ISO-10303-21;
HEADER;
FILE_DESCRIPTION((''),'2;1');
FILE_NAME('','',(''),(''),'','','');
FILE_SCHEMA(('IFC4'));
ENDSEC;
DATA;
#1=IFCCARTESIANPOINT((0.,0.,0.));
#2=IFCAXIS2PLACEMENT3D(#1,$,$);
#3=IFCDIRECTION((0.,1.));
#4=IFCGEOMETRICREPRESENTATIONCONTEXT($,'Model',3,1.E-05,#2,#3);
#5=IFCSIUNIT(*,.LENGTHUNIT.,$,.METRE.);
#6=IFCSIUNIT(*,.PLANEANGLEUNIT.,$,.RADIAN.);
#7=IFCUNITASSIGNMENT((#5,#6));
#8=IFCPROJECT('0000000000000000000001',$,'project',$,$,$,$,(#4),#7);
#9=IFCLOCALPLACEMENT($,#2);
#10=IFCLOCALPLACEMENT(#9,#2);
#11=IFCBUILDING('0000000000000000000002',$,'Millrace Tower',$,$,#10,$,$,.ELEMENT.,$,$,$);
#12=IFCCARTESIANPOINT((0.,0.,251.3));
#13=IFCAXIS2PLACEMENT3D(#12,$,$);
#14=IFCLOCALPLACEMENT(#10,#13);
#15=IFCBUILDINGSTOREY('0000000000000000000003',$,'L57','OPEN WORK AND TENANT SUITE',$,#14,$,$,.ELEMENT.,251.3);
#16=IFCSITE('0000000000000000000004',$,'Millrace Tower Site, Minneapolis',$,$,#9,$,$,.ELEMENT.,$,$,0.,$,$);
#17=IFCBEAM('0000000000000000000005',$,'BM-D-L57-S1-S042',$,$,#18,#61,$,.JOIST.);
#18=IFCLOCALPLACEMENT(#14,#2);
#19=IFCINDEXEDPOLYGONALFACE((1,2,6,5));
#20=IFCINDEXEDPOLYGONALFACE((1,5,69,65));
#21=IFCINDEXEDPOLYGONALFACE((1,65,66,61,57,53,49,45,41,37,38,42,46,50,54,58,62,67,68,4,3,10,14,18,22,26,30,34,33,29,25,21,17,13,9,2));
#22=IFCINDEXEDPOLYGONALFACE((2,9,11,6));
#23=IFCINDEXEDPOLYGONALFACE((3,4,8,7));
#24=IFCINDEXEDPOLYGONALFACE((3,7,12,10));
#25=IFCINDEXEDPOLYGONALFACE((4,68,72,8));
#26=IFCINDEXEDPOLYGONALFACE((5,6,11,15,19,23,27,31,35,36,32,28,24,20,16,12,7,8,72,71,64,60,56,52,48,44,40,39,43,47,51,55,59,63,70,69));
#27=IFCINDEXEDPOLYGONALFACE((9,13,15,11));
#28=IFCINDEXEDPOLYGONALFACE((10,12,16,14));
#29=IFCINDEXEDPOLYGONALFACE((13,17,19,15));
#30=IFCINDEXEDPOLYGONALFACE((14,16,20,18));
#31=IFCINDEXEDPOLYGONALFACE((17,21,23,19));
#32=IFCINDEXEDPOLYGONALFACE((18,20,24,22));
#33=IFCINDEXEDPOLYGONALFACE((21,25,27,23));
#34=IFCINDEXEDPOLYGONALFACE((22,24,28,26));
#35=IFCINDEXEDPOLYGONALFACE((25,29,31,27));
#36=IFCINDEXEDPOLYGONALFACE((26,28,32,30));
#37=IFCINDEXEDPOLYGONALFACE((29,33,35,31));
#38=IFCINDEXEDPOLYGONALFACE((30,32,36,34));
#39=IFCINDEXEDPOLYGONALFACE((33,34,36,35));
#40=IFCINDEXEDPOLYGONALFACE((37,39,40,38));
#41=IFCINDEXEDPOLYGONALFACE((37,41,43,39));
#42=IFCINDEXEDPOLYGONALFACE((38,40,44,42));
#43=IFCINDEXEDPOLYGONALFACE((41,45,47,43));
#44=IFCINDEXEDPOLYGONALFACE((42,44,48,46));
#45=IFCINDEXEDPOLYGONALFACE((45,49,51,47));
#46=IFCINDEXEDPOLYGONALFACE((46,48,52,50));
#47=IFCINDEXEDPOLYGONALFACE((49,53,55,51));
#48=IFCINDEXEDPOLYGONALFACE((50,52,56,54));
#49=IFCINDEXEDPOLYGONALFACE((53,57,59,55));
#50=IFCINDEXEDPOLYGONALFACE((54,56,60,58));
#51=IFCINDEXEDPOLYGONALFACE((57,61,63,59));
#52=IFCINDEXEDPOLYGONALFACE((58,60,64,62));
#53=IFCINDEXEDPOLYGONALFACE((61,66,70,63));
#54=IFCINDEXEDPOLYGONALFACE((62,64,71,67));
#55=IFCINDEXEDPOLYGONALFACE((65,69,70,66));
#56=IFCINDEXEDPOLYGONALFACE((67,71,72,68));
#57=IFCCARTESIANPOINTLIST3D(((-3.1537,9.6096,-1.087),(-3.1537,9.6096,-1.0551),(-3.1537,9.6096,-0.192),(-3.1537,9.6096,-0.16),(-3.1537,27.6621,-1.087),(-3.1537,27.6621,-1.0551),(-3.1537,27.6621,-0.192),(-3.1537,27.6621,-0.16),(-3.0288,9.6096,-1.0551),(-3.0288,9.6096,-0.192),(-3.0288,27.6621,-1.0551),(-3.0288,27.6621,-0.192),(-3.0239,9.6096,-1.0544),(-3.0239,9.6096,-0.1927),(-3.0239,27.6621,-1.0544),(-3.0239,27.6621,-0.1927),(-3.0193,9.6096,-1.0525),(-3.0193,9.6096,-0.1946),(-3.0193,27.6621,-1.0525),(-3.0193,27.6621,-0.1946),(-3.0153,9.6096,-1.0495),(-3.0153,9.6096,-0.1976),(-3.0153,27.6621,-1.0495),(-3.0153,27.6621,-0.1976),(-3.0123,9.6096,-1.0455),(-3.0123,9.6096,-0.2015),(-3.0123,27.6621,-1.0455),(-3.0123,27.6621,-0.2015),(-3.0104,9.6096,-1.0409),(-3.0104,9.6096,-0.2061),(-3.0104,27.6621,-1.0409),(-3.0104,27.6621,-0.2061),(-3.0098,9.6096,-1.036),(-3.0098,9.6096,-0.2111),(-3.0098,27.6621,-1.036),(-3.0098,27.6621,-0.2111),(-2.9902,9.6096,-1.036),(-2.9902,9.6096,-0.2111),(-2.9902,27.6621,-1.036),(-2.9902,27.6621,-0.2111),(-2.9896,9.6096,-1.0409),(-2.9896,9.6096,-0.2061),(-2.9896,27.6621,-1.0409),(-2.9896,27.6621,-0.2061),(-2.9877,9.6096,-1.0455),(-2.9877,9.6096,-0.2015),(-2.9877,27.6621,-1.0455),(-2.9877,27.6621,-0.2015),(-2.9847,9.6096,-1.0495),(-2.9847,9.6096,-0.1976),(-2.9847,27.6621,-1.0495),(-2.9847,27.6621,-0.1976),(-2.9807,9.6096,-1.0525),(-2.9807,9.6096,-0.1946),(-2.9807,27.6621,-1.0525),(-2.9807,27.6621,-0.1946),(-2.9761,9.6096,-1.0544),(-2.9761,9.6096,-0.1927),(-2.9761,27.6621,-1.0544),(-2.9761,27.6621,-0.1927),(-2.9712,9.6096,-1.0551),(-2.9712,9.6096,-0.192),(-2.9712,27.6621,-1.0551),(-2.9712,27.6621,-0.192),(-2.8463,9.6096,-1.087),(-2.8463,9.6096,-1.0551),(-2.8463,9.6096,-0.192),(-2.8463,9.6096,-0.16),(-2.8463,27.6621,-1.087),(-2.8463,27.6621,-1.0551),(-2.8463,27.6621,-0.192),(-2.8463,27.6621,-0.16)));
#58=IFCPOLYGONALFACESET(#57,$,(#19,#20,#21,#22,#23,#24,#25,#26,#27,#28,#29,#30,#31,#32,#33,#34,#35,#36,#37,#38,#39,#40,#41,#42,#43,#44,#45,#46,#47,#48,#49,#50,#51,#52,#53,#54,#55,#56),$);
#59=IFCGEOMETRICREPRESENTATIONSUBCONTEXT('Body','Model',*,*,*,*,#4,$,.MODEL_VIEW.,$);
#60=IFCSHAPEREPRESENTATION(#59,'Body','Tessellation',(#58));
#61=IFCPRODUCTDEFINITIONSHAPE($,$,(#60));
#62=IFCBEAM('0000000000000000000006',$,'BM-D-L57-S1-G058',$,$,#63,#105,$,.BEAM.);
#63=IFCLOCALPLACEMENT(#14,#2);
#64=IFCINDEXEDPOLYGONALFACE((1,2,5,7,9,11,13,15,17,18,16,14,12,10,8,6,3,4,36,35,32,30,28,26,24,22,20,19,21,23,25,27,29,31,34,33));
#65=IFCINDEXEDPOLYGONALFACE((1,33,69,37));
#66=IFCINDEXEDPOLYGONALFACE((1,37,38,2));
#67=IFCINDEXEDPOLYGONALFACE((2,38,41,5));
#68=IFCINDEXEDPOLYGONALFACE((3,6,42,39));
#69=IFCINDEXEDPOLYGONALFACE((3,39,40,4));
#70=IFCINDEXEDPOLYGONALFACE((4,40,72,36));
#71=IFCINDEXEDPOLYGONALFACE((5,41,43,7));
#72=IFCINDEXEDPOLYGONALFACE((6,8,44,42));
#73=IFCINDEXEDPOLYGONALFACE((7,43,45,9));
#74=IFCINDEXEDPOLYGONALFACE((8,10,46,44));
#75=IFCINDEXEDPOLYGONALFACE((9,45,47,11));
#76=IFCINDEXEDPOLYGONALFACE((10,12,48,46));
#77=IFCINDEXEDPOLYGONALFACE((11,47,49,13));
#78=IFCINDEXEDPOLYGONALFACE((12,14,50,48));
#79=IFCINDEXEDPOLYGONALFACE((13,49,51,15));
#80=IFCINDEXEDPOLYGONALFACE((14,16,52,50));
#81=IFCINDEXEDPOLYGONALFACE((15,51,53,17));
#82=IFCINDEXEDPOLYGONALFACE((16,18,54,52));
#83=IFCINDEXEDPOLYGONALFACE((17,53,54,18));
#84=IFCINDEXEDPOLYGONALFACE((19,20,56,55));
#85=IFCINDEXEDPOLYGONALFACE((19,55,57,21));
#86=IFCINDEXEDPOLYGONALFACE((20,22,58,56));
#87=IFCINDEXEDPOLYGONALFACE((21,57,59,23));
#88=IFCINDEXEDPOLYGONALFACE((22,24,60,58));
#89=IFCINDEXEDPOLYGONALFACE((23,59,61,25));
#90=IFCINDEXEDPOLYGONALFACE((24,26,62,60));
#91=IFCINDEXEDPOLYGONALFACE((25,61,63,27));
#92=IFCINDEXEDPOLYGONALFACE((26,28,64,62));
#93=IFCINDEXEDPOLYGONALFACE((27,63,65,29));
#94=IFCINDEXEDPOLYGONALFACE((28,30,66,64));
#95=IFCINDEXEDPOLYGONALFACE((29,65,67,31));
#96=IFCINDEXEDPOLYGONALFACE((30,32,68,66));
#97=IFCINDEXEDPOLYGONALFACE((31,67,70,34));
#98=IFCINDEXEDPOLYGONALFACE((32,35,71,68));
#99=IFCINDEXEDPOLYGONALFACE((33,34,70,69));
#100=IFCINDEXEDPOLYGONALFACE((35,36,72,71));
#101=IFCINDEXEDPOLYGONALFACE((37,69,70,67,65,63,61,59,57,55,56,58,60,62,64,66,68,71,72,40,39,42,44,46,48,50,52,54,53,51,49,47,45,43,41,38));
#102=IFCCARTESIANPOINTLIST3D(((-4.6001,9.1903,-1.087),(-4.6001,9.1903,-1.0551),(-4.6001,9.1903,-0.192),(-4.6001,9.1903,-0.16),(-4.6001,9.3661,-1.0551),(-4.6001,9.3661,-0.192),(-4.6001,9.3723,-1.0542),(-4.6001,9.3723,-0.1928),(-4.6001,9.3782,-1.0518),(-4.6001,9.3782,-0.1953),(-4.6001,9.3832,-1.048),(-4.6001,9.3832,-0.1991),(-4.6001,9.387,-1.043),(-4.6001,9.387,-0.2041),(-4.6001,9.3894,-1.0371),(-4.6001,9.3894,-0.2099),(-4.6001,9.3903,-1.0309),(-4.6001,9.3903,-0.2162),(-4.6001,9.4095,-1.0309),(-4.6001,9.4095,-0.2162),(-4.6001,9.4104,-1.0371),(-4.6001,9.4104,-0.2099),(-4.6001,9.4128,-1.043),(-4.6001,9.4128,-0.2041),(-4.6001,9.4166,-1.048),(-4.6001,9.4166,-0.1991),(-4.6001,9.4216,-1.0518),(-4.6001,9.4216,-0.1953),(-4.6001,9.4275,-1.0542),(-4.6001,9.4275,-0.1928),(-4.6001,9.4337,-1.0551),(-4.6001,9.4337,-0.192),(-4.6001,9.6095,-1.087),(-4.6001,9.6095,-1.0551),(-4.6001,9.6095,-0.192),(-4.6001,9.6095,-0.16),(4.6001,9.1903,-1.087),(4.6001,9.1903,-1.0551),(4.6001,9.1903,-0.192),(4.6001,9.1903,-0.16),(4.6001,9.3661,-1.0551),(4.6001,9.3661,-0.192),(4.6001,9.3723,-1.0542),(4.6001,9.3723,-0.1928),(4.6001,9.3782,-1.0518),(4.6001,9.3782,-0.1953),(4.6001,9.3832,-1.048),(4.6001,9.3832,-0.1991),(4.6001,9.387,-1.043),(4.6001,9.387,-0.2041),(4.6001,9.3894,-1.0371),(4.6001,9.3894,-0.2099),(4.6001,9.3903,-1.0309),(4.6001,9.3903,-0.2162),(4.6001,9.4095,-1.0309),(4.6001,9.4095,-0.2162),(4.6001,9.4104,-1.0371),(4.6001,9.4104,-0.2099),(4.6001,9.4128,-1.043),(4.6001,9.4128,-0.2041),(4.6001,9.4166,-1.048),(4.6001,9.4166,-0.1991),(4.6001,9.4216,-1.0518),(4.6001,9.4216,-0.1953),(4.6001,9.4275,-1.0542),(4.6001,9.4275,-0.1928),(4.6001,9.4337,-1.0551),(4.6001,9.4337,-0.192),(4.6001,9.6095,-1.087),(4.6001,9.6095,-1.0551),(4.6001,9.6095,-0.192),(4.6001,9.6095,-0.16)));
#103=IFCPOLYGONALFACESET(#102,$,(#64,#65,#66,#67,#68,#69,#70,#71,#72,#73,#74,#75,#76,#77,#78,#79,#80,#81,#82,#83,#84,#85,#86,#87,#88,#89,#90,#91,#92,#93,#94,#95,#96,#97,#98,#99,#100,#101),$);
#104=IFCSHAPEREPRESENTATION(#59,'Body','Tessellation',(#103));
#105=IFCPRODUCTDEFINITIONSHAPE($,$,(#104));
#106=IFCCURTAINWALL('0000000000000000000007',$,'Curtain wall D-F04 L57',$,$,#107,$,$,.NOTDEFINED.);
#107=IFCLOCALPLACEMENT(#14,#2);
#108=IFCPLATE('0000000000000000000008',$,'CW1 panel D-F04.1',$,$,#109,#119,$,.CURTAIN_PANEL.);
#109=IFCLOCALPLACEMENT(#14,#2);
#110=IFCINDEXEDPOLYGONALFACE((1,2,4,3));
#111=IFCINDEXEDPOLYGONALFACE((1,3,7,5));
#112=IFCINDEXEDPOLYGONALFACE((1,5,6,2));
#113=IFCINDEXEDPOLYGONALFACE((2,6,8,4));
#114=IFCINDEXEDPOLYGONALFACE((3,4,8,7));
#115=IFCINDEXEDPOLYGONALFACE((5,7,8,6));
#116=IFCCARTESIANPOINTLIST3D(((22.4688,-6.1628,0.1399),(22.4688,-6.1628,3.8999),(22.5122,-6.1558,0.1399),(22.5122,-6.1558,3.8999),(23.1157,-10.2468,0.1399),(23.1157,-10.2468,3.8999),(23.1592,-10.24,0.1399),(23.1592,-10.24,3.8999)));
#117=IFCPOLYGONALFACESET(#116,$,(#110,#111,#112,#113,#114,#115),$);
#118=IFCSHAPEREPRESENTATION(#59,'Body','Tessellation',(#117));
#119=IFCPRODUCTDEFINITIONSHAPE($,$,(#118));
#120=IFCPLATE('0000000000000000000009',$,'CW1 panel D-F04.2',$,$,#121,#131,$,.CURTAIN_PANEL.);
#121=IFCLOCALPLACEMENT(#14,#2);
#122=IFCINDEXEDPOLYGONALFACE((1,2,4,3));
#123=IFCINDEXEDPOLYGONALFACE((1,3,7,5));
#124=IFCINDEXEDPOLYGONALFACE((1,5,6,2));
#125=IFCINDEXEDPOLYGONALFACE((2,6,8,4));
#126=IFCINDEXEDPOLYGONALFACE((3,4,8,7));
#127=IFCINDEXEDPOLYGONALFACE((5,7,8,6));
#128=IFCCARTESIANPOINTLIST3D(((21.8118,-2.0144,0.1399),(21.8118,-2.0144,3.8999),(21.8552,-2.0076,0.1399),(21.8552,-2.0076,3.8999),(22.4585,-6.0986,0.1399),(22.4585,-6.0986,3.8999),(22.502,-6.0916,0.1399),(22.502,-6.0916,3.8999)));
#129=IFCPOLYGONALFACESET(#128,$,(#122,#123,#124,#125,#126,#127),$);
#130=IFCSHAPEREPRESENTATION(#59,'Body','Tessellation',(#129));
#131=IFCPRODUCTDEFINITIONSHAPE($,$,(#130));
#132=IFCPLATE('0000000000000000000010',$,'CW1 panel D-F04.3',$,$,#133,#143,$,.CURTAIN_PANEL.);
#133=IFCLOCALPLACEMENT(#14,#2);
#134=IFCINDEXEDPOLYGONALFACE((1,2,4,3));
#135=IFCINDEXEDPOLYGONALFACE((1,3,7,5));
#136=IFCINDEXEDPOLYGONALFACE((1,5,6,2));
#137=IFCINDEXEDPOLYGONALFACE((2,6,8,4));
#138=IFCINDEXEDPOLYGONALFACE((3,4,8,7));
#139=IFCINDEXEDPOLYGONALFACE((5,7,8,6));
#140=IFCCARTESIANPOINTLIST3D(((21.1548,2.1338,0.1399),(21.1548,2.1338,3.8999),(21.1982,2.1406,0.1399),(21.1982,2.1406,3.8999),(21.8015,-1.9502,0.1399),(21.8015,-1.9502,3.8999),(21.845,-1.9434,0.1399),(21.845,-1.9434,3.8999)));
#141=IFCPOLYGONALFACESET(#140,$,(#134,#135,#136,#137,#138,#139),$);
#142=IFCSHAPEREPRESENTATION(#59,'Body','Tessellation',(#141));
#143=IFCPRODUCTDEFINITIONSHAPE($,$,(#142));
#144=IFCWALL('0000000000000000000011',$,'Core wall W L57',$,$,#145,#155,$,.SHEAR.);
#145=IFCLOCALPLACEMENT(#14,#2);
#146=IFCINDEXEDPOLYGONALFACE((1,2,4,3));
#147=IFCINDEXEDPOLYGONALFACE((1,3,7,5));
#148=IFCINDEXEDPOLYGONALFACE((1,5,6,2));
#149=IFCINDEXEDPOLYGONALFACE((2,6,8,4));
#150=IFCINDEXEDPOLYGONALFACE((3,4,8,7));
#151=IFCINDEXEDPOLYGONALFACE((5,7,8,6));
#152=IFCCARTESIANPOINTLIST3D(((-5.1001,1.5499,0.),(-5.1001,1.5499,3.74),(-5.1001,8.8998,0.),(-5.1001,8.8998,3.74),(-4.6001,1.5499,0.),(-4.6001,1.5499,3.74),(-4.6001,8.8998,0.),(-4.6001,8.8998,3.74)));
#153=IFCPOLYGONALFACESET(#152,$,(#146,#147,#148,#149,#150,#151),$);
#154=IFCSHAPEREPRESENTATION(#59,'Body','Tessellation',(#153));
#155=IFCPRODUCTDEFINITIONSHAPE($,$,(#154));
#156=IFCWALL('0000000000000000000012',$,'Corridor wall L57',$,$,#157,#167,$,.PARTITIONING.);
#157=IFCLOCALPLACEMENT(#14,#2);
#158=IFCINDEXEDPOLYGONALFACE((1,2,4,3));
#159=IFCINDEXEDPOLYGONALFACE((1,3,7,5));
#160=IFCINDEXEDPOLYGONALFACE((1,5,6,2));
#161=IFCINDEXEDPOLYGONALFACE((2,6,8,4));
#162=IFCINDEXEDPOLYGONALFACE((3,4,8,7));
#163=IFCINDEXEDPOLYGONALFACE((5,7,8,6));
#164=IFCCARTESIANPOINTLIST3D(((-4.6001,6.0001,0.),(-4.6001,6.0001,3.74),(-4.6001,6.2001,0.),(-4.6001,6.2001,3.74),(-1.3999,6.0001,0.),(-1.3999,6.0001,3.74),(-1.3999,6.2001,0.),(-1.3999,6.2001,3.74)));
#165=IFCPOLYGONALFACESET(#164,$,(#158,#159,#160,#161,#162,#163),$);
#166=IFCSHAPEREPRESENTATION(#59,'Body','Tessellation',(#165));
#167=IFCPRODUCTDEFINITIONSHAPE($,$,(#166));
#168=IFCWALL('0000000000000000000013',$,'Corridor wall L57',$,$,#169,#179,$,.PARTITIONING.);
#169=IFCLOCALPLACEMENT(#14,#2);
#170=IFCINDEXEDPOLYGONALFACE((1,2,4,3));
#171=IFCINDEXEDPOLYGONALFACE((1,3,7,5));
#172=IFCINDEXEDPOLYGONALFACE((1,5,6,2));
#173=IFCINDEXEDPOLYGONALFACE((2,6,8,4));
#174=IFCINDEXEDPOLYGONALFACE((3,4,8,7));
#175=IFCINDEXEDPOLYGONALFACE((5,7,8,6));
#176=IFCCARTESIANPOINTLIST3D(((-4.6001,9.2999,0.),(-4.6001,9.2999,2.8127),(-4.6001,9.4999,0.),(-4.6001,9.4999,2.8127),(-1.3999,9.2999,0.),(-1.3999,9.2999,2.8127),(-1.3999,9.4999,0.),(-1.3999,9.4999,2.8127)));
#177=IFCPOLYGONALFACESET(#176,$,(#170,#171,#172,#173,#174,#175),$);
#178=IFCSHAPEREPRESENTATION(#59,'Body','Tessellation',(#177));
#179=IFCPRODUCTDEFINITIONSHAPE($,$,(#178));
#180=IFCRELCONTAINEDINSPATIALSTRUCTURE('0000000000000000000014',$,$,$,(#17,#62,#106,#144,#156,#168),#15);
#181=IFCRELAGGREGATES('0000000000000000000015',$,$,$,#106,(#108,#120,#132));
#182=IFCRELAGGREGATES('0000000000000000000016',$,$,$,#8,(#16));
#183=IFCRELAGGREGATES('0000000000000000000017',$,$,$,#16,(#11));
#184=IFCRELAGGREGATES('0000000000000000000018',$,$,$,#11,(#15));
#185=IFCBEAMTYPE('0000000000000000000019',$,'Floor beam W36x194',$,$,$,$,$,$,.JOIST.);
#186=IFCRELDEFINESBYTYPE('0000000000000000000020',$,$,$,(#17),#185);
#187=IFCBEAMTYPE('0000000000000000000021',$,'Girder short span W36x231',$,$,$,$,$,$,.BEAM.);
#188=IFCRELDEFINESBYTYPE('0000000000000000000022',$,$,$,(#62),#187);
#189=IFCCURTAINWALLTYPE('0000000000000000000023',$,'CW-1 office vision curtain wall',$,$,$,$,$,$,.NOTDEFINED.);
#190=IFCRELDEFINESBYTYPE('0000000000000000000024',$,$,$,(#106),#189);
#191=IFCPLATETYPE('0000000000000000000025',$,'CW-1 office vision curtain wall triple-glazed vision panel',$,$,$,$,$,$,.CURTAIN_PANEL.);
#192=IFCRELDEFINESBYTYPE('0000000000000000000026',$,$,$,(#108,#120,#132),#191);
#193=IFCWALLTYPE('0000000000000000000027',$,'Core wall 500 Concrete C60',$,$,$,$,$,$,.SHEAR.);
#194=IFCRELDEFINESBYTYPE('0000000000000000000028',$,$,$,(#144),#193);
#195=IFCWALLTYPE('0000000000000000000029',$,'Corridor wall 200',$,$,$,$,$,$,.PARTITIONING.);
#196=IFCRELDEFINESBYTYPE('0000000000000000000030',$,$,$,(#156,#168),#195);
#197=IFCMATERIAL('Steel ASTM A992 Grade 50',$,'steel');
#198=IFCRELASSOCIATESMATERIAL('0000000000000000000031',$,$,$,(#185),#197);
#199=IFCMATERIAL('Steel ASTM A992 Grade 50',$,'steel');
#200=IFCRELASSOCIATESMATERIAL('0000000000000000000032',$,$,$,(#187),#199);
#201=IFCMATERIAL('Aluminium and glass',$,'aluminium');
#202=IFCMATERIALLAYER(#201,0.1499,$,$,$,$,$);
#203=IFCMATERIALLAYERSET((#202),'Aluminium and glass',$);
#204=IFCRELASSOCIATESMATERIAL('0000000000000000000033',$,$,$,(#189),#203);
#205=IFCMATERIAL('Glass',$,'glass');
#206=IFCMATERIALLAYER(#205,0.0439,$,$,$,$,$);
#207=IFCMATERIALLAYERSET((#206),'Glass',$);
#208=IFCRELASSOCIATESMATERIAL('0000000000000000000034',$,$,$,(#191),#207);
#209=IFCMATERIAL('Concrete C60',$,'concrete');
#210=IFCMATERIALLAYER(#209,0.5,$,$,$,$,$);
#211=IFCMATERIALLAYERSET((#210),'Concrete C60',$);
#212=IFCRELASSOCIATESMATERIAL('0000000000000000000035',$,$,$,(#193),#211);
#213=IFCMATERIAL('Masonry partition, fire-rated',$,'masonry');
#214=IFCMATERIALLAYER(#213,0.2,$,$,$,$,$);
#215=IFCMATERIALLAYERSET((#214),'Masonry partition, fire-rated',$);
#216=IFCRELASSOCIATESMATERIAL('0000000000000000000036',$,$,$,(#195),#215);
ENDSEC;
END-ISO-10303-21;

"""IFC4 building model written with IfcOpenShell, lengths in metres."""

from ifc_helpers import new_model, si_unit, direction, frame, frame_2d, origin, origin_2d, place, context, subcontext, project, spatial, polyline, rectangle, i_section, outline, extrude, material, layer, layer_set, material_profile, profile_set, type_object, element, aggregate, save


model = new_model("IFC4")

# Units and contexts
model_context = context("Model", 3, precision=1e-05, world=origin(), true_north=direction((0.0, 1.0)))
body_context = subcontext(model_context, "Body", "Model", "MODEL_VIEW")
ifc_project = project(units=[si_unit("LENGTHUNIT", "METRE"), si_unit("PLANEANGLEUNIT", "RADIAN")], contexts=[model_context])

# Site, building, storey
site_placement = place(None, origin())
site = spatial("IfcSite", under=ifc_project, at=site_placement, Name="Millrace Tower Site, Minneapolis", CompositionType="ELEMENT", RefElevation=0.0)
building_placement = place(site_placement, origin())
building = spatial("IfcBuilding", under=site, at=building_placement, Name="Millrace Tower", CompositionType="ELEMENT")
storey_placement = place(building_placement, frame((0.0, 0.0, 251.3)))
storey = spatial("IfcBuildingStorey", under=building, at=storey_placement, Name="L57", Description="OPEN WORK AND TENANT SUITE", CompositionType="ELEMENT", Elevation=251.3)

# Beams
ifc_material_1 = material(Name="Steel ASTM A992 Grade 50", Category="steel")
ifc_material_profile_1 = material_profile(ifc_material_1, i_section(OverallWidth=0.3074, OverallDepth=0.927, WebThickness=0.0195, FlangeThickness=0.032, FilletRadius=0.019, at=origin_2d()))
ifc_profile_set_1 = profile_set([ifc_material_profile_1], Name="Steel ASTM A992 Grade 50")
beam_type_1 = type_object("IfcBeamType", Name="Floor beam W36x194", PredefinedType="JOIST", material=ifc_profile_set_1)
beam_1_placement = place(storey_placement, frame((-3.0, 9.6096, -0.6235), z_axis=(0.0, 1.0, 0.0), x_axis=(-1.0, 0.0, 0.0)))
element("IfcBeam", 1, at=beam_1_placement, inside=storey, type_object=beam_type_1, Name="BM-D-L57-S1-S042", PredefinedType="JOIST", context=body_context, shape_type="SweptSolid", body=[
    extrude(i_section(OverallWidth=0.3074, OverallDepth=0.927, WebThickness=0.0195, FlangeThickness=0.032, FilletRadius=0.019, at=origin_2d()), origin(), (0.0, 0.0, 1.0), 18.0525),
])
ifc_material_2 = material(Name="Steel ASTM A992 Grade 50", Category="steel")
ifc_material_profile_2 = material_profile(ifc_material_2, i_section(OverallWidth=0.4192, OverallDepth=0.927, WebThickness=0.0193, FlangeThickness=0.032, FilletRadius=0.0242, at=origin_2d()))
ifc_profile_set_2 = profile_set([ifc_material_profile_2], Name="Steel ASTM A992 Grade 50")
beam_type_2 = type_object("IfcBeamType", Name="Girder short span W36x231", PredefinedType="BEAM", material=ifc_profile_set_2)
beam_2_placement = place(storey_placement, frame((-4.6001, 9.3999, -0.6235), z_axis=(1.0, 0.0, 0.0), x_axis=(0.0, 1.0, 0.0)))
element("IfcBeam", 2, at=beam_2_placement, inside=storey, type_object=beam_type_2, Name="BM-D-L57-S1-G058", PredefinedType="BEAM", context=body_context, shape_type="SweptSolid", body=[
    extrude(i_section(OverallWidth=0.4192, OverallDepth=0.927, WebThickness=0.0193, FlangeThickness=0.032, FilletRadius=0.0242, at=origin_2d()), origin(), (0.0, 0.0, 1.0), 9.2002),
])

# Curtain wall, plates
ifc_material_3 = material(Name="Aluminium and glass", Category="aluminium")
ifc_layer_1 = layer(ifc_material_3, 0.1499)
ifc_layer_set_1 = layer_set([ifc_layer_1], Name="Aluminium and glass")
curtain_wall_type = type_object("IfcCurtainWallType", Name="CW-1 office vision curtain wall", PredefinedType="NOTDEFINED", material=ifc_layer_set_1)
placement_1 = place(storey_placement, origin())
curtain_wall = element("IfcCurtainWall", 3, at=placement_1, inside=storey, type_object=curtain_wall_type, Name="Curtain wall D-F04 L57", PredefinedType="NOTDEFINED")
ifc_material_4 = material(Name="Glass", Category="glass")
ifc_layer_2 = layer(ifc_material_4, 0.0439)
ifc_layer_set_2 = layer_set([ifc_layer_2], Name="Glass")
plate_type = type_object("IfcPlateType", Name="CW-1 office vision curtain wall triple-glazed vision panel", PredefinedType="CURTAIN_PANEL", material=ifc_layer_set_2)
placement_2 = place(storey_placement, frame((0.0, 0.0, 0.1399)))
plate_1 = element("IfcPlate", 4, at=placement_2, type_object=plate_type, Name="CW1 panel D-F04.1", PredefinedType="CURTAIN_PANEL", context=body_context, shape_type="SweptSolid", body=[
    extrude(outline(polyline([(23.1592, -10.24), (22.5122, -6.1558), (22.4688, -6.1628), (23.1157, -10.2468), (23.1592, -10.24)])), origin(), (0.0, 0.0, 1.0), 3.76),
])
plate_2 = element("IfcPlate", 5, at=placement_2, type_object=plate_type, Name="CW1 panel D-F04.2", PredefinedType="CURTAIN_PANEL", context=body_context, shape_type="SweptSolid", body=[
    extrude(outline(polyline([(22.502, -6.0916), (21.8552, -2.0076), (21.8118, -2.0144), (22.4585, -6.0986), (22.502, -6.0916)])), origin(), (0.0, 0.0, 1.0), 3.76),
])
plate_3 = element("IfcPlate", 6, at=placement_2, type_object=plate_type, Name="CW1 panel D-F04.3", PredefinedType="CURTAIN_PANEL", context=body_context, shape_type="SweptSolid", body=[
    extrude(outline(polyline([(21.845, -1.9434), (21.1982, 2.1406), (21.1548, 2.1338), (21.8015, -1.9502), (21.845, -1.9434)])), origin(), (0.0, 0.0, 1.0), 3.76),
])
aggregate(curtain_wall, [plate_1, plate_2, plate_3])

# Walls
ifc_material_5 = material(Name="Concrete C60", Category="concrete")
ifc_layer_3 = layer(ifc_material_5, 0.5)
ifc_layer_set_3 = layer_set([ifc_layer_3], Name="Concrete C60")
wall_type_1 = type_object("IfcWallType", Name="Core wall 500 Concrete C60", PredefinedType="SHEAR", material=ifc_layer_set_3)
wall_1_placement = place(storey_placement, frame((-4.8501, 1.55, 0.0), z_axis=(0.0, 0.0, 1.0), x_axis=(0.0, 1.0, 0.0)))
element("IfcWall", 7, at=wall_1_placement, inside=storey, type_object=wall_type_1, Name="Core wall W L57", PredefinedType="SHEAR", context=body_context, shape_type="SweptSolid", body=[
    extrude(rectangle(XDim=7.3499, YDim=0.5, at=frame_2d((3.6748, 0.0))), origin(), (0.0, 0.0, 1.0), 3.74),
])
ifc_material_6 = material(Name="Masonry partition, fire-rated", Category="masonry")
ifc_layer_4 = layer(ifc_material_6, 0.2)
ifc_layer_set_4 = layer_set([ifc_layer_4], Name="Masonry partition, fire-rated")
wall_type_2 = type_object("IfcWallType", Name="Corridor wall 200", PredefinedType="PARTITIONING", material=ifc_layer_set_4)
wall_2_placement = place(storey_placement, frame((-4.6001, 6.1001, 0.0), z_axis=(0.0, 0.0, 1.0), x_axis=(1.0, 0.0, 0.0)))
element("IfcWall", 8, at=wall_2_placement, inside=storey, type_object=wall_type_2, Name="Corridor wall L57", PredefinedType="PARTITIONING", context=body_context, shape_type="SweptSolid", body=[
    extrude(rectangle(XDim=3.2002, YDim=0.2, at=frame_2d((1.6001, 0.0))), origin(), (0.0, 0.0, 1.0), 3.74),
])
wall_3_placement = place(storey_placement, frame((-4.6001, 9.3999, 0.0), z_axis=(0.0, 0.0, 1.0), x_axis=(1.0, 0.0, 0.0)))
element("IfcWall", 9, at=wall_3_placement, inside=storey, type_object=wall_type_2, Name="Corridor wall L57", PredefinedType="PARTITIONING", context=body_context, shape_type="SweptSolid", body=[
    extrude(rectangle(XDim=3.2002, YDim=0.2, at=frame_2d((1.6001, 0.0))), origin(), (0.0, 0.0, 1.0), 2.8127),
])

save(model, "model.ifc")
